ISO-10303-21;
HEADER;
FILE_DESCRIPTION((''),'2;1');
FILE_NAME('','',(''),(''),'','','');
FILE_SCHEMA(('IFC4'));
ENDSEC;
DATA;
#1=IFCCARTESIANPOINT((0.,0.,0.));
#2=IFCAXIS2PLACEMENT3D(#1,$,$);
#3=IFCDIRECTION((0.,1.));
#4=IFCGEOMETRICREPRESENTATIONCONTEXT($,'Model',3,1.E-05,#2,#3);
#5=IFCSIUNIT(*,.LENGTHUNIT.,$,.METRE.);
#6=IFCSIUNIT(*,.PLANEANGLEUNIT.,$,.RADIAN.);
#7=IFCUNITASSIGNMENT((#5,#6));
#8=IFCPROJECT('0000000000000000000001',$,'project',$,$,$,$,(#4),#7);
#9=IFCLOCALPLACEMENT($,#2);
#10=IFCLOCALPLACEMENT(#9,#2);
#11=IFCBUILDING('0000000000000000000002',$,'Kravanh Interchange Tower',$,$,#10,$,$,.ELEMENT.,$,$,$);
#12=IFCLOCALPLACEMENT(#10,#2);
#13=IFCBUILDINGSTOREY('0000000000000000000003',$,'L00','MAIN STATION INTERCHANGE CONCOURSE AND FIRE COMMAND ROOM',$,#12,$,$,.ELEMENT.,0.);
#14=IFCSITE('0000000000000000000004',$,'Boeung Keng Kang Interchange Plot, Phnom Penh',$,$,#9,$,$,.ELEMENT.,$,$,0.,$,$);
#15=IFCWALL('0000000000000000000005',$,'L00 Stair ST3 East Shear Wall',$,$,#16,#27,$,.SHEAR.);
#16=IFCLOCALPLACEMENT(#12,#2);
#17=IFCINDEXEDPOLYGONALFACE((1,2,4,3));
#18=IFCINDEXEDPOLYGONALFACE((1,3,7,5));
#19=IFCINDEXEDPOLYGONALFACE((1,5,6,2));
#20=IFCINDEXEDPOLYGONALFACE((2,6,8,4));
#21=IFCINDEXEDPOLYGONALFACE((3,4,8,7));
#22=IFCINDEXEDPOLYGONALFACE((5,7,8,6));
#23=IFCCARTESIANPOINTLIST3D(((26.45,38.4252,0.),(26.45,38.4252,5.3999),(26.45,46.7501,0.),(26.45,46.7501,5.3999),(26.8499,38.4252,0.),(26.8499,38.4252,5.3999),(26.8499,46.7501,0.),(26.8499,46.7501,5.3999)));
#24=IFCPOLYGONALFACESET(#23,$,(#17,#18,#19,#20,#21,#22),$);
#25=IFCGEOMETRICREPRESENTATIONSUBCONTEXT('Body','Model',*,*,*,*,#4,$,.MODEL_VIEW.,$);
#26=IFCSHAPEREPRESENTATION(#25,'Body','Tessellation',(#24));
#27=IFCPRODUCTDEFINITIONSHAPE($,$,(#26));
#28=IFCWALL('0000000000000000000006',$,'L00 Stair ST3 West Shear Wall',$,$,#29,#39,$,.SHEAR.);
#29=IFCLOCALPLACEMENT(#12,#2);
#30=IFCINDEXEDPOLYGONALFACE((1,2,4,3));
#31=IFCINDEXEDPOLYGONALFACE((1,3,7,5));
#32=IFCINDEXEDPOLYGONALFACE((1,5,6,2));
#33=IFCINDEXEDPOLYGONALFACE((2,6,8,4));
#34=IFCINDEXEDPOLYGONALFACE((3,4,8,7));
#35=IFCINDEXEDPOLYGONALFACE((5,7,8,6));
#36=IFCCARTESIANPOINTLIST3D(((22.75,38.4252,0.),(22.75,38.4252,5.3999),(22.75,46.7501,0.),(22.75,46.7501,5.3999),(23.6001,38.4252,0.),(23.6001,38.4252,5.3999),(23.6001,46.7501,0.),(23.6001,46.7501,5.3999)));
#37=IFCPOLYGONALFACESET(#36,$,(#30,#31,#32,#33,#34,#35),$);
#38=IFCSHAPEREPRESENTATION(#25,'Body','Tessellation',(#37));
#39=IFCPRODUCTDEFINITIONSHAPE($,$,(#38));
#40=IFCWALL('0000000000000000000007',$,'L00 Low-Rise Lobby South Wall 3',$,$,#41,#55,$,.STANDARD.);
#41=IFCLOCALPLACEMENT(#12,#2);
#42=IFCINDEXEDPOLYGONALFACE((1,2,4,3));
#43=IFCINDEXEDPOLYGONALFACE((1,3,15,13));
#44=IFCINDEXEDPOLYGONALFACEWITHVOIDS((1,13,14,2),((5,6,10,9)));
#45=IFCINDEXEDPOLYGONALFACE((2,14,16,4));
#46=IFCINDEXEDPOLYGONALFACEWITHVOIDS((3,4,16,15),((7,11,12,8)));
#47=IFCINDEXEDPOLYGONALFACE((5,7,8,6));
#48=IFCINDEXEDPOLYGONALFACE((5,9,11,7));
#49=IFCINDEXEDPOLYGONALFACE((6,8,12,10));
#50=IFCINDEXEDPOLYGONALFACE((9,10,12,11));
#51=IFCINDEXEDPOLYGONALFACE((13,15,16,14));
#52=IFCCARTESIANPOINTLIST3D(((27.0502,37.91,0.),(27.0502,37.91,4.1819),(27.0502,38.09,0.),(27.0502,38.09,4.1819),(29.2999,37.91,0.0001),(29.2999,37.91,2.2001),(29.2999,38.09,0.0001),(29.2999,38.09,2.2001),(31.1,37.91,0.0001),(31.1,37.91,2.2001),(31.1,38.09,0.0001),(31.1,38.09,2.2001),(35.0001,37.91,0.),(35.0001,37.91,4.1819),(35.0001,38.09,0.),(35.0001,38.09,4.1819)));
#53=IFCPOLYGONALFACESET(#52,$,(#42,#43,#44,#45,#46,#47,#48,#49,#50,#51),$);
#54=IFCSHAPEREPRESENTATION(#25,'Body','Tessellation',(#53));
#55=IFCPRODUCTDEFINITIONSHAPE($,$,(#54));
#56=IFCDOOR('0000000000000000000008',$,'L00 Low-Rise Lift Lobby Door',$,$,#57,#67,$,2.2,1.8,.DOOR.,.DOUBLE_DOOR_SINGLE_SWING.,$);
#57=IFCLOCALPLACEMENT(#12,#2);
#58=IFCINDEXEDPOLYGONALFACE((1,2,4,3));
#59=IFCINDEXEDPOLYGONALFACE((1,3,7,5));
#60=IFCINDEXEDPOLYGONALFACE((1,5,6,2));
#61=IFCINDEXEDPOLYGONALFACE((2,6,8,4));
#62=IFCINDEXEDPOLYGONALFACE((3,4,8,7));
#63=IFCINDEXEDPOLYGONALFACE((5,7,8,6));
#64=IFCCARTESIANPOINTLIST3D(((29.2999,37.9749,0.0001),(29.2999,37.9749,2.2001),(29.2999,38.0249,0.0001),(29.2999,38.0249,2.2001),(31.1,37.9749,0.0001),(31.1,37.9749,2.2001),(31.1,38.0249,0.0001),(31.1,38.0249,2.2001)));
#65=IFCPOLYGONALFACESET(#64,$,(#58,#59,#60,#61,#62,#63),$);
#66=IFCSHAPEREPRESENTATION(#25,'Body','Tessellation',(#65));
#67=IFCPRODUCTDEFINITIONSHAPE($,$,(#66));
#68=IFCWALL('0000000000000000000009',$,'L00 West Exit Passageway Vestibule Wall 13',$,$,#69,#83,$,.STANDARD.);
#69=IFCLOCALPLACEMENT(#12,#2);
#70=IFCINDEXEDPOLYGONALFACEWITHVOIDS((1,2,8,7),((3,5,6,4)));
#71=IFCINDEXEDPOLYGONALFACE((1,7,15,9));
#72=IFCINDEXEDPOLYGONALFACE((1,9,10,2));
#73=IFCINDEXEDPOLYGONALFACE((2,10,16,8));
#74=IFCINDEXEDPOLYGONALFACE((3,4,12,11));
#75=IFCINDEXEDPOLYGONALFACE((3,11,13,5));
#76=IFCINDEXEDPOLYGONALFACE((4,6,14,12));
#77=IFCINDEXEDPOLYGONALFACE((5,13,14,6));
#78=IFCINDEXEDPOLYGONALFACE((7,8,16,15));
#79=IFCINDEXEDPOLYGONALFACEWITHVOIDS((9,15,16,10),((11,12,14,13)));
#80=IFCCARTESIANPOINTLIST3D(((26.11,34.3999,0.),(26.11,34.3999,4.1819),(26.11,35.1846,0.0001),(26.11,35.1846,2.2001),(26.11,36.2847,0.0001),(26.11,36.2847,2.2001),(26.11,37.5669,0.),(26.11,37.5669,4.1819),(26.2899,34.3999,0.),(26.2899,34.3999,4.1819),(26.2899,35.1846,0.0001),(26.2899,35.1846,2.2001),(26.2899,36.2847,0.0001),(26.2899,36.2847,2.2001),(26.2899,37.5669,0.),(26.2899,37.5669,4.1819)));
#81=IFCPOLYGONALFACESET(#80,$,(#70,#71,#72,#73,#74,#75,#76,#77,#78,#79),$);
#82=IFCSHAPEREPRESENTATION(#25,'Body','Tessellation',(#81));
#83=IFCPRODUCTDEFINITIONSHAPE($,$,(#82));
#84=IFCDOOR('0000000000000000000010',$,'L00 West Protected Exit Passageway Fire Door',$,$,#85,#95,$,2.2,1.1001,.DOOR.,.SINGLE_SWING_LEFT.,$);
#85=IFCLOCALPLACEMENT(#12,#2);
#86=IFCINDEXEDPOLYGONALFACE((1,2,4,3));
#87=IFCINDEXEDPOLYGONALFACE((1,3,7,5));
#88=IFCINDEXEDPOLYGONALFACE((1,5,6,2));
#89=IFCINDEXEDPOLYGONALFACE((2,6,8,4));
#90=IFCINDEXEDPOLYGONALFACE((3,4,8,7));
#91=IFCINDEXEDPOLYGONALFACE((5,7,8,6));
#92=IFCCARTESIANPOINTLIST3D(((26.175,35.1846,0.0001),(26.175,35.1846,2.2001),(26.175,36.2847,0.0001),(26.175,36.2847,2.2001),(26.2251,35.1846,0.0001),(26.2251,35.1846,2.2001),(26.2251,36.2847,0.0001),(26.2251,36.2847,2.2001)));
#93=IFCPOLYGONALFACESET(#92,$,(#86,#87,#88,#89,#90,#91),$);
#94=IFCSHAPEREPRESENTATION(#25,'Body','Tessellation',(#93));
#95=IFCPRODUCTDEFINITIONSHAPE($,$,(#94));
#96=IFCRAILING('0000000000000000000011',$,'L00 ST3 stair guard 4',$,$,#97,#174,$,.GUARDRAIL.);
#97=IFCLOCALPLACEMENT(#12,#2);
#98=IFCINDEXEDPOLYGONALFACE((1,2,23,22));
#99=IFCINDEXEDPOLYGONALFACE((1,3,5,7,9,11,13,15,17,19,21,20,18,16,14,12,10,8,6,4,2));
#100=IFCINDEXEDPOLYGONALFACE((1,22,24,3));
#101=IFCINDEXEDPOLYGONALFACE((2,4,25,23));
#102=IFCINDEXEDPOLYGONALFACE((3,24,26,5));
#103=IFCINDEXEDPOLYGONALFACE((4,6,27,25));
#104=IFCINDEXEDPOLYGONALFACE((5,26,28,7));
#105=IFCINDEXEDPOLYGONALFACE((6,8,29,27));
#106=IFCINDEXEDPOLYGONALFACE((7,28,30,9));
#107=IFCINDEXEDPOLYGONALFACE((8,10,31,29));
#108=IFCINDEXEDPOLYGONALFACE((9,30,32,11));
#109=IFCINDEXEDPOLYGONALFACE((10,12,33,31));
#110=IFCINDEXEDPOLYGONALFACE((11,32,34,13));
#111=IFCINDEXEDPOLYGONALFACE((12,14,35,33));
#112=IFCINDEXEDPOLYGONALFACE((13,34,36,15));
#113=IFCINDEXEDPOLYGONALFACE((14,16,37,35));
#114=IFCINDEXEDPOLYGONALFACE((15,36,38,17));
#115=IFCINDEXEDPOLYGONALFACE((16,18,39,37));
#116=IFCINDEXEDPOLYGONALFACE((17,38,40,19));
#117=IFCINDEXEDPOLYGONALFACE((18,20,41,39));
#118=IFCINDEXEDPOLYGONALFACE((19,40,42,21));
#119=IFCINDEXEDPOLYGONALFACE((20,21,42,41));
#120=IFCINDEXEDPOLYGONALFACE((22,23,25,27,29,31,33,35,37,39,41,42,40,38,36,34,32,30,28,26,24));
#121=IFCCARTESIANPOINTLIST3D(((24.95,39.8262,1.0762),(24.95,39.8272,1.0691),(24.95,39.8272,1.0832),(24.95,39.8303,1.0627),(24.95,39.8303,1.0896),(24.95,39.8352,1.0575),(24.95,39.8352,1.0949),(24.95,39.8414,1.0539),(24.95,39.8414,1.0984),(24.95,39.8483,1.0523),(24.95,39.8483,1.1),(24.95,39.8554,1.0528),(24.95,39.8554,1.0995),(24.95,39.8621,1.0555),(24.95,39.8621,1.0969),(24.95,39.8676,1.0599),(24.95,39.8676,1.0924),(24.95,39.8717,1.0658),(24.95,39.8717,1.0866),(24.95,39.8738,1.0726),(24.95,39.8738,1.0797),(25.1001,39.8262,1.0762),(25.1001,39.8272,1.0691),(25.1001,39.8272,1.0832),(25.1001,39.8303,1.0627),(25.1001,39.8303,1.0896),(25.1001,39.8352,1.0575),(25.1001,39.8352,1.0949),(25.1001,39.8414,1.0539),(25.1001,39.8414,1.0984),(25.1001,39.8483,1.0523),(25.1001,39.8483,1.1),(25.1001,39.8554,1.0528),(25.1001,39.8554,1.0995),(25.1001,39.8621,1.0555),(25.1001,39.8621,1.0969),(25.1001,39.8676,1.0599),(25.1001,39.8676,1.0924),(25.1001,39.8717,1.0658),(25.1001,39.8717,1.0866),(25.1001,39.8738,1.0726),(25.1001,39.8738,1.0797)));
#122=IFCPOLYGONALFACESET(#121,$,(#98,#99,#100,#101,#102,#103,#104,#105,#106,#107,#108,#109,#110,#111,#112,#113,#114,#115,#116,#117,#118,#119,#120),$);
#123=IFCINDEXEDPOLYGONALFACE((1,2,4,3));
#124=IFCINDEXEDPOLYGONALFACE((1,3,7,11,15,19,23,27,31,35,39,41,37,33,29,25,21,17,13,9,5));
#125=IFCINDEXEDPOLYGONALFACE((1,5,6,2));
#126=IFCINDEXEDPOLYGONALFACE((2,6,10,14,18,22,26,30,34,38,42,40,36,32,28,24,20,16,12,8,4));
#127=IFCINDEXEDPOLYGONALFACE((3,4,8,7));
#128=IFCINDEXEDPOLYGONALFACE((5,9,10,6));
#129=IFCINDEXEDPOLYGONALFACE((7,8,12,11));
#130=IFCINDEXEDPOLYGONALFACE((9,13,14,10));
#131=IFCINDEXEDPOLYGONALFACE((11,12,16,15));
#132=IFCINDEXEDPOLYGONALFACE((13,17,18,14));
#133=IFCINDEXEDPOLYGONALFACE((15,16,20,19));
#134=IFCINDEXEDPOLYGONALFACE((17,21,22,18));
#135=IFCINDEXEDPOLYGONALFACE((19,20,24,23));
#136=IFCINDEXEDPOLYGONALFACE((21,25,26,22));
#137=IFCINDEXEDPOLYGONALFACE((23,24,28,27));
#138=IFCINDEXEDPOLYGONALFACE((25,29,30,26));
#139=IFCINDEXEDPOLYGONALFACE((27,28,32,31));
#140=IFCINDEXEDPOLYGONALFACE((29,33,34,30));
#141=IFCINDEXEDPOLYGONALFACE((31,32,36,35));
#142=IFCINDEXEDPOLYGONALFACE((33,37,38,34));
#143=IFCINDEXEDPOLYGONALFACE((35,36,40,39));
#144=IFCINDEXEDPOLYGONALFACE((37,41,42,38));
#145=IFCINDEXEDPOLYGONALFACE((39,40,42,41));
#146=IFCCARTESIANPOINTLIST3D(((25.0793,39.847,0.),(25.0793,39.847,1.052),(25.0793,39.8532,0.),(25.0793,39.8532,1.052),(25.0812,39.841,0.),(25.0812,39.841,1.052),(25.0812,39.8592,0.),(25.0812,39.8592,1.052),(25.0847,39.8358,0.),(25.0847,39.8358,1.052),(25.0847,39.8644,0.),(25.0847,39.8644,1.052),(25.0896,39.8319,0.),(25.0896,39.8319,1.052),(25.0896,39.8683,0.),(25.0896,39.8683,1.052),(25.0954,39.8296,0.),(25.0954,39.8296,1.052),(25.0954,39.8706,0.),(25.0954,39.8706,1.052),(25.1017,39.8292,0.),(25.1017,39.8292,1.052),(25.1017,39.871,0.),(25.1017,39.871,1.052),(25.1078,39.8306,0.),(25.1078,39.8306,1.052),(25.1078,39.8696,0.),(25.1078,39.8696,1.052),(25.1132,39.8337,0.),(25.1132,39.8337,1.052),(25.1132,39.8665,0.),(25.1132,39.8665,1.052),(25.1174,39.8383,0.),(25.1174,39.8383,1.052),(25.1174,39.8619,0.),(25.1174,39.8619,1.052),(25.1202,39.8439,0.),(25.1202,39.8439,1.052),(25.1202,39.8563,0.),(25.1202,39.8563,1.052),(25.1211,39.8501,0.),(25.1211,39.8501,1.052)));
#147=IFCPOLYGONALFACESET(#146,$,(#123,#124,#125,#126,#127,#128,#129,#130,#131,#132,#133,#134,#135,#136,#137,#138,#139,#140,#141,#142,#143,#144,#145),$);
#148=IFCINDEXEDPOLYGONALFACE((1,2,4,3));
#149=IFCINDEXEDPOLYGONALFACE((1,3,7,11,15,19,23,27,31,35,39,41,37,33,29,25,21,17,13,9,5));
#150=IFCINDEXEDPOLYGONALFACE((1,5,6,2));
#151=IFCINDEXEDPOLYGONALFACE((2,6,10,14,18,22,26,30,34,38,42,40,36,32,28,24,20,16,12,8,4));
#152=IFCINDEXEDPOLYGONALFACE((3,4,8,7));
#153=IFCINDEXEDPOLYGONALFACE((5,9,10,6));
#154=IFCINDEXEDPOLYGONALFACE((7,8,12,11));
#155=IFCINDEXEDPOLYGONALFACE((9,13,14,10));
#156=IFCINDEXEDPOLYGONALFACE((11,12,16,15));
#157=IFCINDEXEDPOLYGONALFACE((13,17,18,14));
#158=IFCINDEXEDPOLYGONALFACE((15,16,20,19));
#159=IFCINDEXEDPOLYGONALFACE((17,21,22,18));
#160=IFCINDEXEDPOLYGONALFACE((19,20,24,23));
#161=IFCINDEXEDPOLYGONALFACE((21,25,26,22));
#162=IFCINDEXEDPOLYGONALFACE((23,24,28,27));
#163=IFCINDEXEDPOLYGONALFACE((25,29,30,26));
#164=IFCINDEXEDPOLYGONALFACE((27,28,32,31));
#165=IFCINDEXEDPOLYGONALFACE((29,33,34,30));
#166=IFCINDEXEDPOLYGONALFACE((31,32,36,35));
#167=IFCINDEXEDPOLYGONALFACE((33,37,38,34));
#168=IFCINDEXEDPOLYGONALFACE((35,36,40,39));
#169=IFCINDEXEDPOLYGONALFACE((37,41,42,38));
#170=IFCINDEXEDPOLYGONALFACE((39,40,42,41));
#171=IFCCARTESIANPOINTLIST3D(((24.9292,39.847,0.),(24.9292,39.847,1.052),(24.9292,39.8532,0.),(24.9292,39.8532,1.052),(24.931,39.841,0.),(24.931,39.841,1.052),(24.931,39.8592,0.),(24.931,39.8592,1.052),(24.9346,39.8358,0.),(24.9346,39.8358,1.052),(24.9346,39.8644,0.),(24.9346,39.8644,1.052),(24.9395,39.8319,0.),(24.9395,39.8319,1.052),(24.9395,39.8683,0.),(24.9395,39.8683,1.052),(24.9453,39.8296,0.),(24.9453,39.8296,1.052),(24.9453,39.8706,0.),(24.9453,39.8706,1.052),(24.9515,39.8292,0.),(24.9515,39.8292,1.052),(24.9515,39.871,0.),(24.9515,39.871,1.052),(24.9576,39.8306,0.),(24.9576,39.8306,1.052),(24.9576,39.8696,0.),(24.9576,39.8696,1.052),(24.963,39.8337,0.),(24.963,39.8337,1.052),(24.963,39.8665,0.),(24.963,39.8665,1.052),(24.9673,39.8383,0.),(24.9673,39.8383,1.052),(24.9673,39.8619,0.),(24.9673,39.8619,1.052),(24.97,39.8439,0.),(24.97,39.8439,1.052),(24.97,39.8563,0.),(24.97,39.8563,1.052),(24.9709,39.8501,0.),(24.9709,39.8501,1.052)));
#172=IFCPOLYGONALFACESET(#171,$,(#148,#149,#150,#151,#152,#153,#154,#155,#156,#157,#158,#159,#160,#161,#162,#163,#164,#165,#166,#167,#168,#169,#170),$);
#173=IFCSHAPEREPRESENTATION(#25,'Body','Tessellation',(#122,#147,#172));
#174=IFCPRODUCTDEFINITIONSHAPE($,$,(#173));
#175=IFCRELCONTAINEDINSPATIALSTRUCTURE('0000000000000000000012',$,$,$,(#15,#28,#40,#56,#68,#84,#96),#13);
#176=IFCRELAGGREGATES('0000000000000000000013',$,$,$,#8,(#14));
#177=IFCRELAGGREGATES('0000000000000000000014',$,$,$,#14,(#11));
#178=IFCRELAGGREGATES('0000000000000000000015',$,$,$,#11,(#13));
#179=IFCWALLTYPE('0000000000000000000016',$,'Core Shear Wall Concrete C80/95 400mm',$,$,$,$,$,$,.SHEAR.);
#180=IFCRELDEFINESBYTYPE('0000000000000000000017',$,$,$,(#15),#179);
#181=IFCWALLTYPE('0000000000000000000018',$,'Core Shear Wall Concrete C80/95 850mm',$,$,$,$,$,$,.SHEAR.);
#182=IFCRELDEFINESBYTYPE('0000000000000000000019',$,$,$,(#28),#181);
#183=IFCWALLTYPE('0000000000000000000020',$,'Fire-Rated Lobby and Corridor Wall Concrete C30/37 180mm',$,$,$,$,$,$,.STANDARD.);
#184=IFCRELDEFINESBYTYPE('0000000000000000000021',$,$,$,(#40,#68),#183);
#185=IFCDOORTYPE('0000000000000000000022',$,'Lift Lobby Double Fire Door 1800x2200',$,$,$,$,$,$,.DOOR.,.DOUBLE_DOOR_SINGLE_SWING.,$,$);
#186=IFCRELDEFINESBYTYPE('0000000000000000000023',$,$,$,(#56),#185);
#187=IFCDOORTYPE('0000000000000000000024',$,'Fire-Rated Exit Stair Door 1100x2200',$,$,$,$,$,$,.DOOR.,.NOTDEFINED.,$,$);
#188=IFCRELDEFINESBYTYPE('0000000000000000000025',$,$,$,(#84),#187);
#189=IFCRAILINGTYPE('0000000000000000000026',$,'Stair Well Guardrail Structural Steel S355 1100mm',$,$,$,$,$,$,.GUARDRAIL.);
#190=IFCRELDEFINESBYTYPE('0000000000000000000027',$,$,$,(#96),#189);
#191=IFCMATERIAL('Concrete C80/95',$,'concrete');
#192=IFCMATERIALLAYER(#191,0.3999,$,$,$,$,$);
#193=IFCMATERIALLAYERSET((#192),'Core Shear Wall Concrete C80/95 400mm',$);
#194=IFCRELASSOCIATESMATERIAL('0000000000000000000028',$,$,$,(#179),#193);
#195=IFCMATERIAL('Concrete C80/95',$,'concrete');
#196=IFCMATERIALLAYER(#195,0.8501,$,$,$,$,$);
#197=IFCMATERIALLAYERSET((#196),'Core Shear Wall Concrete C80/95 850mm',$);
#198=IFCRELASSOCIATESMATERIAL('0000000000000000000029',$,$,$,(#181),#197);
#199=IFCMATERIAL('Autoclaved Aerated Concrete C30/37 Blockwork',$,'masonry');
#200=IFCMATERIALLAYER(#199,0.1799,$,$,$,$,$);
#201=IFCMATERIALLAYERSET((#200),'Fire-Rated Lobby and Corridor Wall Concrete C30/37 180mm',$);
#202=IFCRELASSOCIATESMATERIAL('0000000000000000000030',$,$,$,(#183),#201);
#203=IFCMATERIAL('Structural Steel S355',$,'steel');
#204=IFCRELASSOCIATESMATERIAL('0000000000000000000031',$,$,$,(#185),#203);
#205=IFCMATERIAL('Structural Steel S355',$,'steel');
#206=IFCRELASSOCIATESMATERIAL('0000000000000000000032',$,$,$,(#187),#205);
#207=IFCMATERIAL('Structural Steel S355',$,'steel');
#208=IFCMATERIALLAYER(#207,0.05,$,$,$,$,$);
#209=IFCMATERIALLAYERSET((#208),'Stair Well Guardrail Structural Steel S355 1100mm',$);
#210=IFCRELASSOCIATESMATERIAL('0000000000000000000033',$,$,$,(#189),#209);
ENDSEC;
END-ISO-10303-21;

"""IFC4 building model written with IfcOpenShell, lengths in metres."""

from ifc_helpers import new_model, si_unit, direction, frame, frame_2d, origin, origin_2d, place, context, subcontext, project, spatial, rectangle, circle, extrude, material, layer, layer_set, type_object, element, fill, save


model = new_model("IFC4")

# Units and contexts
model_context = context("Model", 3, precision=1e-05, world=origin(), true_north=direction((0.0, 1.0)))
body_context = subcontext(model_context, "Body", "Model", "MODEL_VIEW")
ifc_project = project(units=[si_unit("LENGTHUNIT", "METRE"), si_unit("PLANEANGLEUNIT", "RADIAN")], contexts=[model_context])

# Site, building, storey
site_placement = place(None, origin())
site = spatial("IfcSite", under=ifc_project, at=site_placement, Name="Boeung Keng Kang Interchange Plot, Phnom Penh", CompositionType="ELEMENT", RefElevation=0.0)
building_placement = place(site_placement, origin())
building = spatial("IfcBuilding", under=site, at=building_placement, Name="Kravanh Interchange Tower", CompositionType="ELEMENT")
storey_placement = place(building_placement, origin())
storey = spatial("IfcBuildingStorey", under=building, at=storey_placement, Name="L00", Description="MAIN STATION INTERCHANGE CONCOURSE AND FIRE COMMAND ROOM", CompositionType="ELEMENT", Elevation=0.0)

# Walls
ifc_material_1 = material(Name="Concrete C80/95", Category="concrete")
ifc_layer_1 = layer(ifc_material_1, 0.3999)
ifc_layer_set_1 = layer_set([ifc_layer_1], Name="Core Shear Wall Concrete C80/95 400mm")
wall_type_1 = type_object("IfcWallType", Name="Core Shear Wall Concrete C80/95 400mm", PredefinedType="SHEAR", material=ifc_layer_set_1)
wall_1_placement = place(storey_placement, frame((26.6499, 38.425, 0.0), z_axis=(0.0, 0.0, 1.0), x_axis=(0.0, 1.0, 0.0)))
element("IfcWall", 1, at=wall_1_placement, inside=storey, type_object=wall_type_1, Name="L00 Stair ST3 East Shear Wall", PredefinedType="SHEAR", context=body_context, shape_type="SweptSolid", body=[
    extrude(rectangle(XDim=8.325, YDim=0.3999, at=frame_2d((4.1626, 0.0))), origin(), (0.0, 0.0, 1.0), 5.3999),
])
ifc_material_2 = material(Name="Concrete C80/95", Category="concrete")
ifc_layer_2 = layer(ifc_material_2, 0.8501)
ifc_layer_set_2 = layer_set([ifc_layer_2], Name="Core Shear Wall Concrete C80/95 850mm")
wall_type_2 = type_object("IfcWallType", Name="Core Shear Wall Concrete C80/95 850mm", PredefinedType="SHEAR", material=ifc_layer_set_2)
wall_2_placement = place(storey_placement, frame((23.175, 38.425, 0.0), z_axis=(0.0, 0.0, 1.0), x_axis=(0.0, 1.0, 0.0)))
element("IfcWall", 2, at=wall_2_placement, inside=storey, type_object=wall_type_2, Name="L00 Stair ST3 West Shear Wall", PredefinedType="SHEAR", context=body_context, shape_type="SweptSolid", body=[
    extrude(rectangle(XDim=8.325, YDim=0.8501, at=frame_2d((4.1626, 0.0))), origin(), (0.0, 0.0, 1.0), 5.3999),
])

# Walls, openings, doors
ifc_material_3 = material(Name="Autoclaved Aerated Concrete C30/37 Blockwork", Category="masonry")
ifc_layer_3 = layer(ifc_material_3, 0.1799)
ifc_layer_set_3 = layer_set([ifc_layer_3], Name="Fire-Rated Lobby and Corridor Wall Concrete C30/37 180mm")
wall_type_3 = type_object("IfcWallType", Name="Fire-Rated Lobby and Corridor Wall Concrete C30/37 180mm", PredefinedType="STANDARD", material=ifc_layer_set_3)
wall_3_placement = place(storey_placement, frame((27.05, 38.0, 0.0), z_axis=(0.0, 0.0, 1.0), x_axis=(1.0, 0.0, 0.0)))
wall_3 = element("IfcWall", 3, at=wall_3_placement, inside=storey, type_object=wall_type_3, Name="L00 Low-Rise Lobby South Wall 3", PredefinedType="STANDARD", context=body_context, shape_type="SweptSolid", body=[
    extrude(rectangle(XDim=7.95, YDim=0.1799, at=frame_2d((3.9751, 0.0))), origin(), (0.0, 0.0, 1.0), 4.1819),
])
opening_1_placement = place(wall_3_placement, frame((2.25, 0.0, 0.0)))
opening_1 = element("IfcOpeningElement", 4, at=opening_1_placement, cuts=wall_3, PredefinedType="OPENING", context=body_context, shape_type="SweptSolid", body=[
    extrude(rectangle(XDim=1.8, YDim=2.2, at=frame_2d((0.8999, 1.1001))), frame((0.0, 0.1001, 0.0), z_axis=(0.0, -1.0, 0.0), x_axis=(1.0, 0.0, 0.0)), (0.0, 0.0, 1.0), 0.2),
])
ifc_material_4 = material(Name="Structural Steel S355", Category="steel")
door_type_1 = type_object("IfcDoorType", Name="Lift Lobby Double Fire Door 1800x2200", OperationType="DOUBLE_DOOR_SINGLE_SWING", PredefinedType="DOOR", material=ifc_material_4)
door_1_placement = place(opening_1_placement, origin())
door_1 = element("IfcDoor", 5, at=door_1_placement, inside=storey, type_object=door_type_1, Name="L00 Low-Rise Lift Lobby Door", OperationType="DOUBLE_DOOR_SINGLE_SWING", OverallHeight=2.2, OverallWidth=1.8, PredefinedType="DOOR", context=body_context, shape_type="SweptSolid", body=[
    extrude(rectangle(XDim=1.8, YDim=2.2, at=frame_2d((0.8999, 1.1001))), frame((0.0, 0.0249, 0.0), z_axis=(0.0, -1.0, 0.0), x_axis=(1.0, 0.0, 0.0)), (0.0, 0.0, 1.0), 0.05),
])
fill(opening_1, door_1)
wall_4_placement = place(storey_placement, frame((26.2, 34.3999, 0.0), z_axis=(0.0, 0.0, 1.0), x_axis=(0.0, 1.0, 0.0)))
wall_4 = element("IfcWall", 6, at=wall_4_placement, inside=storey, type_object=wall_type_3, Name="L00 West Exit Passageway Vestibule Wall 13", PredefinedType="STANDARD", context=body_context, shape_type="SweptSolid", body=[
    extrude(rectangle(XDim=3.167, YDim=0.1799, at=frame_2d((1.5835, 0.0))), origin(), (0.0, 0.0, 1.0), 4.1819),
])
opening_2_placement = place(wall_4_placement, frame((0.7847, 0.0, 0.0)))
opening_2 = element("IfcOpeningElement", 7, at=opening_2_placement, cuts=wall_4, PredefinedType="OPENING", context=body_context, shape_type="SweptSolid", body=[
    extrude(rectangle(XDim=1.1001, YDim=2.2, at=frame_2d((0.55, 1.1001))), frame((0.0, 0.1001, 0.0), z_axis=(0.0, -1.0, 0.0), x_axis=(1.0, 0.0, 0.0)), (0.0, 0.0, 1.0), 0.2),
])
ifc_material_5 = material(Name="Structural Steel S355", Category="steel")
door_type_2 = type_object("IfcDoorType", Name="Fire-Rated Exit Stair Door 1100x2200", OperationType="NOTDEFINED", PredefinedType="DOOR", material=ifc_material_5)
door_2_placement = place(opening_2_placement, origin())
door_2 = element("IfcDoor", 8, at=door_2_placement, inside=storey, type_object=door_type_2, Name="L00 West Protected Exit Passageway Fire Door", OperationType="SINGLE_SWING_LEFT", OverallHeight=2.2, OverallWidth=1.1001, PredefinedType="DOOR", context=body_context, shape_type="SweptSolid", body=[
    extrude(rectangle(XDim=1.1001, YDim=2.2, at=frame_2d((0.55, 1.1001))), frame((0.0, 0.0249, 0.0), z_axis=(0.0, -1.0, 0.0), x_axis=(1.0, 0.0, 0.0)), (0.0, 0.0, 1.0), 0.05),
])
fill(opening_2, door_2)

# Railing
ifc_material_6 = material(Name="Structural Steel S355", Category="steel")
ifc_layer_4 = layer(ifc_material_6, 0.05)
ifc_layer_set_4 = layer_set([ifc_layer_4], Name="Stair Well Guardrail Structural Steel S355 1100mm")
railing_type = type_object("IfcRailingType", Name="Stair Well Guardrail Structural Steel S355 1100mm", PredefinedType="GUARDRAIL", material=ifc_layer_set_4)
railing_placement = place(storey_placement, frame((25.1001, 39.8501, 0.0)))
element("IfcRailing", 9, at=railing_placement, inside=storey, type_object=railing_type, Name="L00 ST3 stair guard 4", PredefinedType="GUARDRAIL", context=body_context, shape_type="SweptSolid", body=[
    extrude(circle(Radius=0.0239, at=origin_2d()), frame((0.0, 0.0, 1.0762), z_axis=(-1.0, 0.0, 0.0), x_axis=(0.0, -1.0, 0.0)), (0.0, 0.0, 1.0), 0.1501),
    extrude(circle(Radius=0.021, at=origin_2d()), origin(), (0.0, 0.0, 1.0), 1.052),
    extrude(circle(Radius=0.021, at=origin_2d()), frame((-0.1501, 0.0, 0.0)), (0.0, 0.0, 1.0), 1.052),
])

save(model, "model.ifc")
